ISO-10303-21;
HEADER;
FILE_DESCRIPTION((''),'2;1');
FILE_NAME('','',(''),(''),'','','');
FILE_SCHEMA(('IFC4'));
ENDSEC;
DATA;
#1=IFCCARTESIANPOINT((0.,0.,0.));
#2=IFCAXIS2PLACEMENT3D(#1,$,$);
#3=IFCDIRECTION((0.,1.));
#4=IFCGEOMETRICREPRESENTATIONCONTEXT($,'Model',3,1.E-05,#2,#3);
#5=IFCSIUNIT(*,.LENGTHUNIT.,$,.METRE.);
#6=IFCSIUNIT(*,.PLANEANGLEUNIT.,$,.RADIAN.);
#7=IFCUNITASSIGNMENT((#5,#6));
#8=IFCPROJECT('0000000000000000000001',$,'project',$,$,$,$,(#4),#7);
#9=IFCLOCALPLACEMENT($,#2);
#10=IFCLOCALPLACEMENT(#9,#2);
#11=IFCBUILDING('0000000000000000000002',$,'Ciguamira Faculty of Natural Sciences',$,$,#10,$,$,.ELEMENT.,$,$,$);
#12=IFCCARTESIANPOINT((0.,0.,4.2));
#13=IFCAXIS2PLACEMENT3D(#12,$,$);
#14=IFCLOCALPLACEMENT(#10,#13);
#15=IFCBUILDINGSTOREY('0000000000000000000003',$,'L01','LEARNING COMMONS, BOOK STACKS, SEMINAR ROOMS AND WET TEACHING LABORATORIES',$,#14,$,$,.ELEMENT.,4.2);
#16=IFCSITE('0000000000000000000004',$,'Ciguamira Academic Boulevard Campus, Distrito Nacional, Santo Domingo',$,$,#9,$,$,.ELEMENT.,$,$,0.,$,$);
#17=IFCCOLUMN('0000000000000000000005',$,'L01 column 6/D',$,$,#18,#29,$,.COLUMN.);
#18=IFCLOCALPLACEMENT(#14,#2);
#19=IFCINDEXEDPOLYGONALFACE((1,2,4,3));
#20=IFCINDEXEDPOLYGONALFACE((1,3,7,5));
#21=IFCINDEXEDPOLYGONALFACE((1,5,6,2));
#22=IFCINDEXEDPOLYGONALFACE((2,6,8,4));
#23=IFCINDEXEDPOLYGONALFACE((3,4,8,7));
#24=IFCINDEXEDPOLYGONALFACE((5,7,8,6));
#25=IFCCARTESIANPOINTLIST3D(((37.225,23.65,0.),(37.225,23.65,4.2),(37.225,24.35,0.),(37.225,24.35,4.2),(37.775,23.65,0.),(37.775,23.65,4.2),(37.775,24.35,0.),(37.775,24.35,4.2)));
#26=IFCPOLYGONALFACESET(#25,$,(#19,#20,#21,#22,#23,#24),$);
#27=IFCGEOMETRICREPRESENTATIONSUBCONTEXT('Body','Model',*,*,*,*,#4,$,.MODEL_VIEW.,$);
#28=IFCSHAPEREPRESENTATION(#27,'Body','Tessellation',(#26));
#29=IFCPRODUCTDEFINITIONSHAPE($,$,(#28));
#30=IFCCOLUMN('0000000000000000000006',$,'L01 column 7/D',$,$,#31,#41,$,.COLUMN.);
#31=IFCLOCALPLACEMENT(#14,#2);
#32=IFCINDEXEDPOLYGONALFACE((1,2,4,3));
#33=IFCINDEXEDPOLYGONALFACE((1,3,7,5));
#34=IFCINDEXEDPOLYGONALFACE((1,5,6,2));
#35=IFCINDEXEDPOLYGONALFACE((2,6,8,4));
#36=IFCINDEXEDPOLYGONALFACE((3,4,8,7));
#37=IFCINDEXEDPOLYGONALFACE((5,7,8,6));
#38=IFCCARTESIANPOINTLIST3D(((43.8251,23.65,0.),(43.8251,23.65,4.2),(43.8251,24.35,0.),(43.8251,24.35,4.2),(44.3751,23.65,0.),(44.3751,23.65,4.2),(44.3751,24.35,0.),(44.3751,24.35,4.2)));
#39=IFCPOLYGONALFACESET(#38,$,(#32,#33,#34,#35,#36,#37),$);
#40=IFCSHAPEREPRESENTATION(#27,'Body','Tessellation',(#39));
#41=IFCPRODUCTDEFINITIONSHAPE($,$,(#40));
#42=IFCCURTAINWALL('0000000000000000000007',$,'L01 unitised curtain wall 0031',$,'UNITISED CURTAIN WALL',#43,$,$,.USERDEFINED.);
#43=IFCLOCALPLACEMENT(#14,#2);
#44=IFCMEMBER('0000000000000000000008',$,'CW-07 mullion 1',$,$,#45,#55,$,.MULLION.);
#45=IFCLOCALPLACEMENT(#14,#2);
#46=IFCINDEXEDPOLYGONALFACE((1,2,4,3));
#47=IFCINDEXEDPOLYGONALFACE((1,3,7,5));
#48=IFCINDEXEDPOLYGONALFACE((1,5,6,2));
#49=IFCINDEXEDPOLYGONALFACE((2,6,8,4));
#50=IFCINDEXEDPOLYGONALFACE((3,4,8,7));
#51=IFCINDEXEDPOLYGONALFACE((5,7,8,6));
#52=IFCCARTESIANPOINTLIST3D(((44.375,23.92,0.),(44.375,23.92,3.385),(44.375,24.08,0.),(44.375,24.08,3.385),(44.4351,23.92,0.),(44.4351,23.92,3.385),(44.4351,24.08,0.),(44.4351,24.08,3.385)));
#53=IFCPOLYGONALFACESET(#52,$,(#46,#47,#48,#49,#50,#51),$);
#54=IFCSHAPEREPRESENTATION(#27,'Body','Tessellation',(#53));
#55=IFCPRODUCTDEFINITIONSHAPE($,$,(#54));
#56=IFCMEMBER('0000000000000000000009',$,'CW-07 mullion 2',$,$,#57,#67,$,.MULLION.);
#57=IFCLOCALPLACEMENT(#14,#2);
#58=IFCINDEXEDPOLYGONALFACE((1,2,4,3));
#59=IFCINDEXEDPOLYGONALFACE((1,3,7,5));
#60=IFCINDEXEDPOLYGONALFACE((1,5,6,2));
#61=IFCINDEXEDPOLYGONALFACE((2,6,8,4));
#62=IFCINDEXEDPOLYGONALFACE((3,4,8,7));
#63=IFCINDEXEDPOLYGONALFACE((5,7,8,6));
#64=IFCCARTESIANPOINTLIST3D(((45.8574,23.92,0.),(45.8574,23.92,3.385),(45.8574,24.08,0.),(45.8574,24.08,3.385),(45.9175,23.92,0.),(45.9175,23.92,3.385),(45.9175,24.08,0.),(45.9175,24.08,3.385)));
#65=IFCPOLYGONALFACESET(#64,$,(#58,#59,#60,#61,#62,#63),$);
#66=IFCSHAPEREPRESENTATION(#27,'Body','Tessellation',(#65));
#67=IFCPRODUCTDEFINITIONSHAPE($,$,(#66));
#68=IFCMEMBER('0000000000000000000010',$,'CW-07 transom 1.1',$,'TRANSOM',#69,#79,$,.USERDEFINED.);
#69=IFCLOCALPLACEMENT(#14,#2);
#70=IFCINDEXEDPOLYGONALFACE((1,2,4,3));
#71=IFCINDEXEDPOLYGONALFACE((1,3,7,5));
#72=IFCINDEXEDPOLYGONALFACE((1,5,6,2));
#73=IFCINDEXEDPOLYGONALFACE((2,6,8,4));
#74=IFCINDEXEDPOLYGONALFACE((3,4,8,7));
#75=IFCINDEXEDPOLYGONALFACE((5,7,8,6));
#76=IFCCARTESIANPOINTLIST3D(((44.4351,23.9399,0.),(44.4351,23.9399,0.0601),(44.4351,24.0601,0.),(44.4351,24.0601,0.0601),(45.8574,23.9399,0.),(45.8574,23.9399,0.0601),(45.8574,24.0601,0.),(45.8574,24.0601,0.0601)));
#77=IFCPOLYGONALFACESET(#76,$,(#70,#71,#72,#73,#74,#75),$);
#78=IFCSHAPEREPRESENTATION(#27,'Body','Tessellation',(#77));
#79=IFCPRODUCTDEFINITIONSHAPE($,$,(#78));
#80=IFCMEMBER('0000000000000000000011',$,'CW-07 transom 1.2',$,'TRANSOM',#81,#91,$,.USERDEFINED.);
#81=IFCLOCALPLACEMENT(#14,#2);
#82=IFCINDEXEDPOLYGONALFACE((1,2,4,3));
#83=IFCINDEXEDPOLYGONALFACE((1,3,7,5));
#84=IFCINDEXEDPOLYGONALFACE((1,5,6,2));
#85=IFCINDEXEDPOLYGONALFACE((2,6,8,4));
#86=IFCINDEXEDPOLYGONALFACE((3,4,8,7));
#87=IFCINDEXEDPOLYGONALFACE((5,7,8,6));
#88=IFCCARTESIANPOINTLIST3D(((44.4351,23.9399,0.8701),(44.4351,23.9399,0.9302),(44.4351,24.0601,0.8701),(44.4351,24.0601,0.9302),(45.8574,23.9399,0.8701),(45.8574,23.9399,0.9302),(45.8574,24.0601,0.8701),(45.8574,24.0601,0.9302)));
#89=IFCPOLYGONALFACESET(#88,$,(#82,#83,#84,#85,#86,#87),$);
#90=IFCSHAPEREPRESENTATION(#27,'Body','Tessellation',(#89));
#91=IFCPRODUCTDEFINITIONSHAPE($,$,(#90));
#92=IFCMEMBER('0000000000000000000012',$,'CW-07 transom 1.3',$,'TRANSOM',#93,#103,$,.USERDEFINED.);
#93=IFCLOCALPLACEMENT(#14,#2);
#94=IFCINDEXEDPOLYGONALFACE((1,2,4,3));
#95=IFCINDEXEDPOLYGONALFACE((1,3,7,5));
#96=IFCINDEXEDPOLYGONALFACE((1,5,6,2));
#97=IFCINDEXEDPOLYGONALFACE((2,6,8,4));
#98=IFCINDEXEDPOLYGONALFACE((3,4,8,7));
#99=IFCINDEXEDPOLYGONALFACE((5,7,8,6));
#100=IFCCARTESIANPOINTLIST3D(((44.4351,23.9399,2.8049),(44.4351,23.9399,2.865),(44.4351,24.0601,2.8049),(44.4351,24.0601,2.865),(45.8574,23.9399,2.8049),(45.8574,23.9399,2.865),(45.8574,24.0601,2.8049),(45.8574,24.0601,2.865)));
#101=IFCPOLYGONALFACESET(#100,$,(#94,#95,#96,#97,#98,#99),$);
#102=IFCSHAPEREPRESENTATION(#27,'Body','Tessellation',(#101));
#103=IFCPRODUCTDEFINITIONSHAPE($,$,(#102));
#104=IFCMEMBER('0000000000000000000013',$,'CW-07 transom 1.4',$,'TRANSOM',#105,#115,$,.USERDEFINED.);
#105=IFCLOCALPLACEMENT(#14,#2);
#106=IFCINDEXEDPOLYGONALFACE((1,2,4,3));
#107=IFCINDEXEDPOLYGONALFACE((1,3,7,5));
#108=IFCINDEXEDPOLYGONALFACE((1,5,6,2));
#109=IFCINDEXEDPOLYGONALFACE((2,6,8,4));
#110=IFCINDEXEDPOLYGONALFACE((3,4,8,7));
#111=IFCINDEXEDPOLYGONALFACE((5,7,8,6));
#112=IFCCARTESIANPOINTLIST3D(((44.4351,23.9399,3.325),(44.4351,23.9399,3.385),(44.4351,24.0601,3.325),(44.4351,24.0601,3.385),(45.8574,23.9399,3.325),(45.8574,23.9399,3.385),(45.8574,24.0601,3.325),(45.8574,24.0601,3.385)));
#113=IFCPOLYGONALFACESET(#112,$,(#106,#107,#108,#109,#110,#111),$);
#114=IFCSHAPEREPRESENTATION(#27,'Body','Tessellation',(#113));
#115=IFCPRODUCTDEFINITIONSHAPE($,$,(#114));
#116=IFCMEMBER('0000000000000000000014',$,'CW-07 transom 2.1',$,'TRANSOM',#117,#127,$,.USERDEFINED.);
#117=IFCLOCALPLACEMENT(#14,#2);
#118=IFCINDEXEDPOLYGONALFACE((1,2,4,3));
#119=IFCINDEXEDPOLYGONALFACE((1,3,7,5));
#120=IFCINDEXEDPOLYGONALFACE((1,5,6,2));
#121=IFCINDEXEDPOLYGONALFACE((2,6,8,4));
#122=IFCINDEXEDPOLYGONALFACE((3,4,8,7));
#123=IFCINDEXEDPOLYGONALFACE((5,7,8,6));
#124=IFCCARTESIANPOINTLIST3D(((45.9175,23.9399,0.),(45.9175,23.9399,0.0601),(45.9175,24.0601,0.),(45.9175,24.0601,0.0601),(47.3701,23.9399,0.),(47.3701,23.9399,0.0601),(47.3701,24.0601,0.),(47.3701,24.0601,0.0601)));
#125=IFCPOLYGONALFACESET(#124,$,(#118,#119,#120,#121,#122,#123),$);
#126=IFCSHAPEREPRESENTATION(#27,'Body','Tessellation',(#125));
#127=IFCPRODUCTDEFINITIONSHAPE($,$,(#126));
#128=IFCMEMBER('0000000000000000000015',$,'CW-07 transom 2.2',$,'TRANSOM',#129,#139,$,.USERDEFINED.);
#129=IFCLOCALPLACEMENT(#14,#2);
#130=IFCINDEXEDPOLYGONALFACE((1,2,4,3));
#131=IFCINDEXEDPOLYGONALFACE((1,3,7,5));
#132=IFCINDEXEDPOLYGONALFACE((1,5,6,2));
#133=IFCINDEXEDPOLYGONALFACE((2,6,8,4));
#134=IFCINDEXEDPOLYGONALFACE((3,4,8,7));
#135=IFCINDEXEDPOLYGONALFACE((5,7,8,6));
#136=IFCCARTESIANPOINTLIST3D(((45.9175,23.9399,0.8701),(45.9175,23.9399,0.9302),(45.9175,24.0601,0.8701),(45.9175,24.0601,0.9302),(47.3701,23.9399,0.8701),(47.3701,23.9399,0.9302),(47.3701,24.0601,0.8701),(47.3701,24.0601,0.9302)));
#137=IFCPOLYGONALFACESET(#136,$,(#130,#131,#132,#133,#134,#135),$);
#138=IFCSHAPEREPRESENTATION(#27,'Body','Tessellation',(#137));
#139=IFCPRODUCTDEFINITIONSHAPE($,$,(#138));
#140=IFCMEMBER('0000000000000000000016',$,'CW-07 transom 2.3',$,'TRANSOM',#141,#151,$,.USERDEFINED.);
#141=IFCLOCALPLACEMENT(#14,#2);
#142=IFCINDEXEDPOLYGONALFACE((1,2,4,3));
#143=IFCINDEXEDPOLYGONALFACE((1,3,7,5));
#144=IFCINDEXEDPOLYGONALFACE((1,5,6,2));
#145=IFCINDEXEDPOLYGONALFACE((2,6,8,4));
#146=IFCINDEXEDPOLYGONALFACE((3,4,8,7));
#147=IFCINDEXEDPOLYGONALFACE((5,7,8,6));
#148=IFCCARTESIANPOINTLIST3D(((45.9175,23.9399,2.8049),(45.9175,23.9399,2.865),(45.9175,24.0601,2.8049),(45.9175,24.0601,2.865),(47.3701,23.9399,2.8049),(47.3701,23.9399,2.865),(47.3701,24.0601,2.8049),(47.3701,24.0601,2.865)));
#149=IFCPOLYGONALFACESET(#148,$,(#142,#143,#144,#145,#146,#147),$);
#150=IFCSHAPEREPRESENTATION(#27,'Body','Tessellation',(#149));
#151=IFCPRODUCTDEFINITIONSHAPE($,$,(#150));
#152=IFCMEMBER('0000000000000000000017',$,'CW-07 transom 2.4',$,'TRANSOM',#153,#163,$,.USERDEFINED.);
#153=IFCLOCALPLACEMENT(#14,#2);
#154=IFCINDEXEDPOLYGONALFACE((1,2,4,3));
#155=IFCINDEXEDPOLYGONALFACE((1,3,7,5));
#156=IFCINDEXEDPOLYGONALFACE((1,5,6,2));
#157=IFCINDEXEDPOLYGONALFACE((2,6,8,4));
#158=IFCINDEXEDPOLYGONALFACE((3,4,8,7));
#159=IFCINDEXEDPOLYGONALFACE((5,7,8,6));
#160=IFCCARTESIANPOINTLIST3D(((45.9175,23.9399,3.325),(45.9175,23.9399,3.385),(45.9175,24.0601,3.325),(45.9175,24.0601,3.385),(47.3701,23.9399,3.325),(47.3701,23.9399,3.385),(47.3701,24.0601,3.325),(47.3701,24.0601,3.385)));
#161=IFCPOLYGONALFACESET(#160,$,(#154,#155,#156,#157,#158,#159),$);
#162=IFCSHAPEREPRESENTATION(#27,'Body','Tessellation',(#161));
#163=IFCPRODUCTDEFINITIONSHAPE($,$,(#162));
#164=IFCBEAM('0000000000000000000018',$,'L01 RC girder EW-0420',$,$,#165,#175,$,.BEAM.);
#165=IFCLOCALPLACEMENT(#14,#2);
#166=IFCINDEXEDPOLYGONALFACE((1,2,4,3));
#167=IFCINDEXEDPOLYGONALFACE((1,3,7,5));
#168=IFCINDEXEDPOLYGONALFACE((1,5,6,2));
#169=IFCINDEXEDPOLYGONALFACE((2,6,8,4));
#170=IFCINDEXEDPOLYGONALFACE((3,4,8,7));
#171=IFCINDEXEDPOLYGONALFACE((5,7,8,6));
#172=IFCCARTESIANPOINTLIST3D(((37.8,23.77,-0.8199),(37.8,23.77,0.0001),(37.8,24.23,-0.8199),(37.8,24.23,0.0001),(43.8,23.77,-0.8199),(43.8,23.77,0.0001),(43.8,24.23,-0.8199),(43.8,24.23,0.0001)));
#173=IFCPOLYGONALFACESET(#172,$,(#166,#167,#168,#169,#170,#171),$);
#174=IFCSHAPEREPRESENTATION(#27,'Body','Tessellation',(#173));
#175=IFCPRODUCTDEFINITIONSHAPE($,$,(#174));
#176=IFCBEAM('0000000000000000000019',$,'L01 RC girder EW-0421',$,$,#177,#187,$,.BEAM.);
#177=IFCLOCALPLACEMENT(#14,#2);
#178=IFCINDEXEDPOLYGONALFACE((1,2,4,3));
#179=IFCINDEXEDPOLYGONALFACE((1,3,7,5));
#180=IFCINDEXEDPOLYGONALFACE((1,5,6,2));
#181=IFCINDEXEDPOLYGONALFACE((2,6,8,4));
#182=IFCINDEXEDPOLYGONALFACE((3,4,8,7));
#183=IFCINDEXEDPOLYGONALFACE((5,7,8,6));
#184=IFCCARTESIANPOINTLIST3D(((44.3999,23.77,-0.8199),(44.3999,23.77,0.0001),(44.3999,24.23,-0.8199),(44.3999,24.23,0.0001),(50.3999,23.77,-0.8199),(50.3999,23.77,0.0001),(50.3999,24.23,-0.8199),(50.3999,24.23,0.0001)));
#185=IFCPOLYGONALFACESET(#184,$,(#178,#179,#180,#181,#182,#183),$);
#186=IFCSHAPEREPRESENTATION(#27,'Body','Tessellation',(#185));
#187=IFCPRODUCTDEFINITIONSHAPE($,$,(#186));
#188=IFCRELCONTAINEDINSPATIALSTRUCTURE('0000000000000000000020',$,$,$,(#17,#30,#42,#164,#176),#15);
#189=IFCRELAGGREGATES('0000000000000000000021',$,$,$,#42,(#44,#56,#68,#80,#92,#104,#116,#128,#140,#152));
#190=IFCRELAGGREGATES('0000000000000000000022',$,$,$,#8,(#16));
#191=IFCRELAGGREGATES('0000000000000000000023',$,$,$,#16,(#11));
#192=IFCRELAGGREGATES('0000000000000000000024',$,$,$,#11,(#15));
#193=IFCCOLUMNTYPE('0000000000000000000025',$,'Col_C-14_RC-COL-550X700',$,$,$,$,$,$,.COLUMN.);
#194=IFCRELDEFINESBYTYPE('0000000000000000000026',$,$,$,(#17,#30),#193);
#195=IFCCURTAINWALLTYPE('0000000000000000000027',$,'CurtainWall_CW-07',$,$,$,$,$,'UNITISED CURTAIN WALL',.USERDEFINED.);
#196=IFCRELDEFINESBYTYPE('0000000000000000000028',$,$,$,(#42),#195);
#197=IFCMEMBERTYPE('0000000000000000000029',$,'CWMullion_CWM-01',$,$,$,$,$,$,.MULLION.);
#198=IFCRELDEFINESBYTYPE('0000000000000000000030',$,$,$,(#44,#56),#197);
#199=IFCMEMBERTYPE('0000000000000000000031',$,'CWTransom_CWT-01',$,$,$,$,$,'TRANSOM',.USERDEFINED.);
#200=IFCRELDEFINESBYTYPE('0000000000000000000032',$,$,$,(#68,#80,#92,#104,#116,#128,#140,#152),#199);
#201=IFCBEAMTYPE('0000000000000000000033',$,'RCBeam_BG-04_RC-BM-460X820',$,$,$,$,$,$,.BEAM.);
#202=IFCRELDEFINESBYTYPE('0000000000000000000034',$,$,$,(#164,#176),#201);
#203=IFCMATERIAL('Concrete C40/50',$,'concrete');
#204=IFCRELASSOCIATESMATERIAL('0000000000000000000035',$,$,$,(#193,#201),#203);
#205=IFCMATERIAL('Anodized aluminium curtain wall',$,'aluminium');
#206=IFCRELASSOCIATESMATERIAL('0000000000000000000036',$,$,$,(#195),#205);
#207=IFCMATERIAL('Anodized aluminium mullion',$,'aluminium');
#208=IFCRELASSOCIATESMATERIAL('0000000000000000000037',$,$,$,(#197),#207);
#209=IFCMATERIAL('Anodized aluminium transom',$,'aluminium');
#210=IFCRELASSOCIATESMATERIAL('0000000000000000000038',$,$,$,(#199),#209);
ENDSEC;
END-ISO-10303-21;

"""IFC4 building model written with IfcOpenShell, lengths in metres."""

from ifc_helpers import new_model, si_unit, direction, frame, origin, origin_2d, place, context, subcontext, project, spatial, rectangle, extrude, material, material_profile, profile_set, type_object, element, aggregate, save


model = new_model("IFC4")

# Units and contexts
model_context = context("Model", 3, precision=1e-05, world=origin(), true_north=direction((0.0, 1.0)))
body_context = subcontext(model_context, "Body", "Model", "MODEL_VIEW")
ifc_project = project(units=[si_unit("LENGTHUNIT", "METRE"), si_unit("PLANEANGLEUNIT", "RADIAN")], contexts=[model_context])

# Site, building, storey
site_placement = place(None, origin())
site = spatial("IfcSite", under=ifc_project, at=site_placement, Name="Ciguamira Academic Boulevard Campus, Distrito Nacional, Santo Domingo", CompositionType="ELEMENT", RefElevation=0.0)
building_placement = place(site_placement, origin())
building = spatial("IfcBuilding", under=site, at=building_placement, Name="Ciguamira Faculty of Natural Sciences", CompositionType="ELEMENT")
storey_placement = place(building_placement, frame((0.0, 0.0, 4.2)))
storey = spatial("IfcBuildingStorey", under=building, at=storey_placement, Name="L01", Description="LEARNING COMMONS, BOOK STACKS, SEMINAR ROOMS AND WET TEACHING LABORATORIES", CompositionType="ELEMENT", Elevation=4.2)

# Columns
ifc_material_1 = material(Name="Concrete C40/50", Category="concrete")
ifc_material_profile_1 = material_profile(ifc_material_1, rectangle(XDim=0.55, YDim=0.7, at=origin_2d()), Name="RC-COL-550X700")
ifc_profile_set_1 = profile_set([ifc_material_profile_1], Name="Concrete C40/50")
column_type = type_object("IfcColumnType", Name="Col_C-14_RC-COL-550X700", PredefinedType="COLUMN", material=ifc_profile_set_1)
for number, where, z_axis, x_axis, name in (
    (1, (37.5, 24.0, 0.0), (0.0, 0.0, 1.0), (1.0, 0.0, 0.0), "L01 column 6/D"),
    (2, (44.1001, 24.0, 0.0), (0.0, 0.0, 1.0), (1.0, 0.0, 0.0), "L01 column 7/D"),
):
    element("IfcColumn", number, at=place(storey_placement, frame(where, z_axis=z_axis, x_axis=x_axis)), inside=storey, type_object=column_type, Name=name, PredefinedType="COLUMN", context=body_context, shape_type="SweptSolid", body=[
        extrude(rectangle(XDim=0.55, YDim=0.7, at=origin_2d()), origin(), (0.0, 0.0, 1.0), 4.2),
    ])

# Curtain wall, members
ifc_material_2 = material(Name="Anodized aluminium curtain wall", Category="aluminium")
curtain_wall_type = type_object("IfcCurtainWallType", Name="CurtainWall_CW-07", ElementType="UNITISED CURTAIN WALL", PredefinedType="USERDEFINED", material=ifc_material_2)
curtain_wall_placement = place(storey_placement, origin())
curtain_wall = element("IfcCurtainWall", 3, at=curtain_wall_placement, inside=storey, type_object=curtain_wall_type, Name="L01 unitised curtain wall 0031", ObjectType="UNITISED CURTAIN WALL", PredefinedType="USERDEFINED")
ifc_material_3 = material(Name="Anodized aluminium mullion", Category="aluminium")
ifc_material_profile_2 = material_profile(ifc_material_3, rectangle(XDim=0.0601, YDim=0.1599, at=origin_2d()), Name="ALU-MUL-60X160")
ifc_profile_set_2 = profile_set([ifc_material_profile_2], Name="Anodized aluminium mullion")
member_type_1 = type_object("IfcMemberType", Name="CWMullion_CWM-01", PredefinedType="MULLION", material=ifc_profile_set_2)
member_1_placement = place(storey_placement, frame((44.405, 24.0, 0.0), z_axis=(0.0, 0.0, 1.0), x_axis=(1.0, 0.0, 0.0)))
member_1 = element("IfcMember", 4, at=member_1_placement, type_object=member_type_1, Name="CW-07 mullion 1", PredefinedType="MULLION", context=body_context, shape_type="SweptSolid", body=[
    extrude(rectangle(XDim=0.0601, YDim=0.1599, at=origin_2d()), origin(), (0.0, 0.0, 1.0), 3.385),
])
member_2_placement = place(storey_placement, frame((45.8875, 24.0, 0.0), z_axis=(0.0, 0.0, 1.0), x_axis=(1.0, 0.0, 0.0)))
member_2 = element("IfcMember", 5, at=member_2_placement, type_object=member_type_1, Name="CW-07 mullion 2", PredefinedType="MULLION", context=body_context, shape_type="SweptSolid", body=[
    extrude(rectangle(XDim=0.0601, YDim=0.1599, at=origin_2d()), origin(), (0.0, 0.0, 1.0), 3.385),
])
ifc_material_4 = material(Name="Anodized aluminium transom", Category="aluminium")
ifc_material_profile_3 = material_profile(ifc_material_4, rectangle(XDim=0.0601, YDim=0.1201, at=origin_2d()), Name="ALU-TRN-60X120")
ifc_profile_set_3 = profile_set([ifc_material_profile_3], Name="Anodized aluminium transom")
member_type_2 = type_object("IfcMemberType", Name="CWTransom_CWT-01", ElementType="TRANSOM", PredefinedType="USERDEFINED", material=ifc_profile_set_3)
member_3_placement = place(storey_placement, frame((44.4351, 24.0, 0.03), z_axis=(1.0, 0.0, 0.0), x_axis=(0.0, 0.0, 1.0)))
member_3 = element("IfcMember", 6, at=member_3_placement, type_object=member_type_2, Name="CW-07 transom 1.1", ObjectType="TRANSOM", PredefinedType="USERDEFINED", context=body_context, shape_type="SweptSolid", body=[
    extrude(rectangle(XDim=0.0601, YDim=0.1201, at=origin_2d()), origin(), (0.0, 0.0, 1.0), 1.4224),
])
member_4_placement = place(storey_placement, frame((44.4351, 24.0, 0.9001), z_axis=(1.0, 0.0, 0.0), x_axis=(0.0, 0.0, 1.0)))
member_4 = element("IfcMember", 7, at=member_4_placement, type_object=member_type_2, Name="CW-07 transom 1.2", ObjectType="TRANSOM", PredefinedType="USERDEFINED", context=body_context, shape_type="SweptSolid", body=[
    extrude(rectangle(XDim=0.0601, YDim=0.1201, at=origin_2d()), origin(), (0.0, 0.0, 1.0), 1.4224),
])
member_5_placement = place(storey_placement, frame((44.4351, 24.0, 2.835), z_axis=(1.0, 0.0, 0.0), x_axis=(0.0, 0.0, 1.0)))
member_5 = element("IfcMember", 8, at=member_5_placement, type_object=member_type_2, Name="CW-07 transom 1.3", ObjectType="TRANSOM", PredefinedType="USERDEFINED", context=body_context, shape_type="SweptSolid", body=[
    extrude(rectangle(XDim=0.0601, YDim=0.1201, at=origin_2d()), origin(), (0.0, 0.0, 1.0), 1.4224),
])
member_6_placement = place(storey_placement, frame((44.4351, 24.0, 3.355), z_axis=(1.0, 0.0, 0.0), x_axis=(0.0, 0.0, 1.0)))
member_6 = element("IfcMember", 9, at=member_6_placement, type_object=member_type_2, Name="CW-07 transom 1.4", ObjectType="TRANSOM", PredefinedType="USERDEFINED", context=body_context, shape_type="SweptSolid", body=[
    extrude(rectangle(XDim=0.0601, YDim=0.1201, at=origin_2d()), origin(), (0.0, 0.0, 1.0), 1.4224),
])
member_7_placement = place(storey_placement, frame((45.9175, 24.0, 0.03), z_axis=(1.0, 0.0, 0.0), x_axis=(0.0, 0.0, 1.0)))
member_7 = element("IfcMember", 10, at=member_7_placement, type_object=member_type_2, Name="CW-07 transom 2.1", ObjectType="TRANSOM", PredefinedType="USERDEFINED", context=body_context, shape_type="SweptSolid", body=[
    extrude(rectangle(XDim=0.0601, YDim=0.1201, at=origin_2d()), origin(), (0.0, 0.0, 1.0), 1.4526),
])
member_8_placement = place(storey_placement, frame((45.9175, 24.0, 0.9001), z_axis=(1.0, 0.0, 0.0), x_axis=(0.0, 0.0, 1.0)))
member_8 = element("IfcMember", 11, at=member_8_placement, type_object=member_type_2, Name="CW-07 transom 2.2", ObjectType="TRANSOM", PredefinedType="USERDEFINED", context=body_context, shape_type="SweptSolid", body=[
    extrude(rectangle(XDim=0.0601, YDim=0.1201, at=origin_2d()), origin(), (0.0, 0.0, 1.0), 1.4526),
])
member_9_placement = place(storey_placement, frame((45.9175, 24.0, 2.835), z_axis=(1.0, 0.0, 0.0), x_axis=(0.0, 0.0, 1.0)))
member_9 = element("IfcMember", 12, at=member_9_placement, type_object=member_type_2, Name="CW-07 transom 2.3", ObjectType="TRANSOM", PredefinedType="USERDEFINED", context=body_context, shape_type="SweptSolid", body=[
    extrude(rectangle(XDim=0.0601, YDim=0.1201, at=origin_2d()), origin(), (0.0, 0.0, 1.0), 1.4526),
])
member_10_placement = place(storey_placement, frame((45.9175, 24.0, 3.355), z_axis=(1.0, 0.0, 0.0), x_axis=(0.0, 0.0, 1.0)))
member_10 = element("IfcMember", 13, at=member_10_placement, type_object=member_type_2, Name="CW-07 transom 2.4", ObjectType="TRANSOM", PredefinedType="USERDEFINED", context=body_context, shape_type="SweptSolid", body=[
    extrude(rectangle(XDim=0.0601, YDim=0.1201, at=origin_2d()), origin(), (0.0, 0.0, 1.0), 1.4526),
])

# Beams
ifc_material_profile_4 = material_profile(ifc_material_1, rectangle(XDim=0.46, YDim=0.8201, at=origin_2d()), Name="RC-BM-460X820")
ifc_profile_set_4 = profile_set([ifc_material_profile_4], Name="Concrete C40/50")
beam_type_1 = type_object("IfcBeamType", Name="RCBeam_BG-04_RC-BM-460X820", PredefinedType="BEAM", material=ifc_profile_set_4)
for number, where, z_axis, x_axis, name in (
    (14, (37.8, 24.0, -0.4099), (1.0, 0.0, 0.0), (0.0, 1.0, 0.0), "L01 RC girder EW-0420"),
    (15, (44.3999, 24.0, -0.4099), (1.0, 0.0, 0.0), (0.0, 1.0, 0.0), "L01 RC girder EW-0421"),
):
    element("IfcBeam", number, at=place(storey_placement, frame(where, z_axis=z_axis, x_axis=x_axis)), inside=storey, type_object=beam_type_1, Name=name, PredefinedType="BEAM", context=body_context, shape_type="SweptSolid", body=[
        extrude(rectangle(XDim=0.46, YDim=0.8201, at=origin_2d()), origin(), (0.0, 0.0, 1.0), 6.0),
    ])

aggregate(curtain_wall, [member_1, member_2, member_3, member_4, member_5, member_6, member_7, member_8, member_9, member_10])

save(model, "model.ifc")
